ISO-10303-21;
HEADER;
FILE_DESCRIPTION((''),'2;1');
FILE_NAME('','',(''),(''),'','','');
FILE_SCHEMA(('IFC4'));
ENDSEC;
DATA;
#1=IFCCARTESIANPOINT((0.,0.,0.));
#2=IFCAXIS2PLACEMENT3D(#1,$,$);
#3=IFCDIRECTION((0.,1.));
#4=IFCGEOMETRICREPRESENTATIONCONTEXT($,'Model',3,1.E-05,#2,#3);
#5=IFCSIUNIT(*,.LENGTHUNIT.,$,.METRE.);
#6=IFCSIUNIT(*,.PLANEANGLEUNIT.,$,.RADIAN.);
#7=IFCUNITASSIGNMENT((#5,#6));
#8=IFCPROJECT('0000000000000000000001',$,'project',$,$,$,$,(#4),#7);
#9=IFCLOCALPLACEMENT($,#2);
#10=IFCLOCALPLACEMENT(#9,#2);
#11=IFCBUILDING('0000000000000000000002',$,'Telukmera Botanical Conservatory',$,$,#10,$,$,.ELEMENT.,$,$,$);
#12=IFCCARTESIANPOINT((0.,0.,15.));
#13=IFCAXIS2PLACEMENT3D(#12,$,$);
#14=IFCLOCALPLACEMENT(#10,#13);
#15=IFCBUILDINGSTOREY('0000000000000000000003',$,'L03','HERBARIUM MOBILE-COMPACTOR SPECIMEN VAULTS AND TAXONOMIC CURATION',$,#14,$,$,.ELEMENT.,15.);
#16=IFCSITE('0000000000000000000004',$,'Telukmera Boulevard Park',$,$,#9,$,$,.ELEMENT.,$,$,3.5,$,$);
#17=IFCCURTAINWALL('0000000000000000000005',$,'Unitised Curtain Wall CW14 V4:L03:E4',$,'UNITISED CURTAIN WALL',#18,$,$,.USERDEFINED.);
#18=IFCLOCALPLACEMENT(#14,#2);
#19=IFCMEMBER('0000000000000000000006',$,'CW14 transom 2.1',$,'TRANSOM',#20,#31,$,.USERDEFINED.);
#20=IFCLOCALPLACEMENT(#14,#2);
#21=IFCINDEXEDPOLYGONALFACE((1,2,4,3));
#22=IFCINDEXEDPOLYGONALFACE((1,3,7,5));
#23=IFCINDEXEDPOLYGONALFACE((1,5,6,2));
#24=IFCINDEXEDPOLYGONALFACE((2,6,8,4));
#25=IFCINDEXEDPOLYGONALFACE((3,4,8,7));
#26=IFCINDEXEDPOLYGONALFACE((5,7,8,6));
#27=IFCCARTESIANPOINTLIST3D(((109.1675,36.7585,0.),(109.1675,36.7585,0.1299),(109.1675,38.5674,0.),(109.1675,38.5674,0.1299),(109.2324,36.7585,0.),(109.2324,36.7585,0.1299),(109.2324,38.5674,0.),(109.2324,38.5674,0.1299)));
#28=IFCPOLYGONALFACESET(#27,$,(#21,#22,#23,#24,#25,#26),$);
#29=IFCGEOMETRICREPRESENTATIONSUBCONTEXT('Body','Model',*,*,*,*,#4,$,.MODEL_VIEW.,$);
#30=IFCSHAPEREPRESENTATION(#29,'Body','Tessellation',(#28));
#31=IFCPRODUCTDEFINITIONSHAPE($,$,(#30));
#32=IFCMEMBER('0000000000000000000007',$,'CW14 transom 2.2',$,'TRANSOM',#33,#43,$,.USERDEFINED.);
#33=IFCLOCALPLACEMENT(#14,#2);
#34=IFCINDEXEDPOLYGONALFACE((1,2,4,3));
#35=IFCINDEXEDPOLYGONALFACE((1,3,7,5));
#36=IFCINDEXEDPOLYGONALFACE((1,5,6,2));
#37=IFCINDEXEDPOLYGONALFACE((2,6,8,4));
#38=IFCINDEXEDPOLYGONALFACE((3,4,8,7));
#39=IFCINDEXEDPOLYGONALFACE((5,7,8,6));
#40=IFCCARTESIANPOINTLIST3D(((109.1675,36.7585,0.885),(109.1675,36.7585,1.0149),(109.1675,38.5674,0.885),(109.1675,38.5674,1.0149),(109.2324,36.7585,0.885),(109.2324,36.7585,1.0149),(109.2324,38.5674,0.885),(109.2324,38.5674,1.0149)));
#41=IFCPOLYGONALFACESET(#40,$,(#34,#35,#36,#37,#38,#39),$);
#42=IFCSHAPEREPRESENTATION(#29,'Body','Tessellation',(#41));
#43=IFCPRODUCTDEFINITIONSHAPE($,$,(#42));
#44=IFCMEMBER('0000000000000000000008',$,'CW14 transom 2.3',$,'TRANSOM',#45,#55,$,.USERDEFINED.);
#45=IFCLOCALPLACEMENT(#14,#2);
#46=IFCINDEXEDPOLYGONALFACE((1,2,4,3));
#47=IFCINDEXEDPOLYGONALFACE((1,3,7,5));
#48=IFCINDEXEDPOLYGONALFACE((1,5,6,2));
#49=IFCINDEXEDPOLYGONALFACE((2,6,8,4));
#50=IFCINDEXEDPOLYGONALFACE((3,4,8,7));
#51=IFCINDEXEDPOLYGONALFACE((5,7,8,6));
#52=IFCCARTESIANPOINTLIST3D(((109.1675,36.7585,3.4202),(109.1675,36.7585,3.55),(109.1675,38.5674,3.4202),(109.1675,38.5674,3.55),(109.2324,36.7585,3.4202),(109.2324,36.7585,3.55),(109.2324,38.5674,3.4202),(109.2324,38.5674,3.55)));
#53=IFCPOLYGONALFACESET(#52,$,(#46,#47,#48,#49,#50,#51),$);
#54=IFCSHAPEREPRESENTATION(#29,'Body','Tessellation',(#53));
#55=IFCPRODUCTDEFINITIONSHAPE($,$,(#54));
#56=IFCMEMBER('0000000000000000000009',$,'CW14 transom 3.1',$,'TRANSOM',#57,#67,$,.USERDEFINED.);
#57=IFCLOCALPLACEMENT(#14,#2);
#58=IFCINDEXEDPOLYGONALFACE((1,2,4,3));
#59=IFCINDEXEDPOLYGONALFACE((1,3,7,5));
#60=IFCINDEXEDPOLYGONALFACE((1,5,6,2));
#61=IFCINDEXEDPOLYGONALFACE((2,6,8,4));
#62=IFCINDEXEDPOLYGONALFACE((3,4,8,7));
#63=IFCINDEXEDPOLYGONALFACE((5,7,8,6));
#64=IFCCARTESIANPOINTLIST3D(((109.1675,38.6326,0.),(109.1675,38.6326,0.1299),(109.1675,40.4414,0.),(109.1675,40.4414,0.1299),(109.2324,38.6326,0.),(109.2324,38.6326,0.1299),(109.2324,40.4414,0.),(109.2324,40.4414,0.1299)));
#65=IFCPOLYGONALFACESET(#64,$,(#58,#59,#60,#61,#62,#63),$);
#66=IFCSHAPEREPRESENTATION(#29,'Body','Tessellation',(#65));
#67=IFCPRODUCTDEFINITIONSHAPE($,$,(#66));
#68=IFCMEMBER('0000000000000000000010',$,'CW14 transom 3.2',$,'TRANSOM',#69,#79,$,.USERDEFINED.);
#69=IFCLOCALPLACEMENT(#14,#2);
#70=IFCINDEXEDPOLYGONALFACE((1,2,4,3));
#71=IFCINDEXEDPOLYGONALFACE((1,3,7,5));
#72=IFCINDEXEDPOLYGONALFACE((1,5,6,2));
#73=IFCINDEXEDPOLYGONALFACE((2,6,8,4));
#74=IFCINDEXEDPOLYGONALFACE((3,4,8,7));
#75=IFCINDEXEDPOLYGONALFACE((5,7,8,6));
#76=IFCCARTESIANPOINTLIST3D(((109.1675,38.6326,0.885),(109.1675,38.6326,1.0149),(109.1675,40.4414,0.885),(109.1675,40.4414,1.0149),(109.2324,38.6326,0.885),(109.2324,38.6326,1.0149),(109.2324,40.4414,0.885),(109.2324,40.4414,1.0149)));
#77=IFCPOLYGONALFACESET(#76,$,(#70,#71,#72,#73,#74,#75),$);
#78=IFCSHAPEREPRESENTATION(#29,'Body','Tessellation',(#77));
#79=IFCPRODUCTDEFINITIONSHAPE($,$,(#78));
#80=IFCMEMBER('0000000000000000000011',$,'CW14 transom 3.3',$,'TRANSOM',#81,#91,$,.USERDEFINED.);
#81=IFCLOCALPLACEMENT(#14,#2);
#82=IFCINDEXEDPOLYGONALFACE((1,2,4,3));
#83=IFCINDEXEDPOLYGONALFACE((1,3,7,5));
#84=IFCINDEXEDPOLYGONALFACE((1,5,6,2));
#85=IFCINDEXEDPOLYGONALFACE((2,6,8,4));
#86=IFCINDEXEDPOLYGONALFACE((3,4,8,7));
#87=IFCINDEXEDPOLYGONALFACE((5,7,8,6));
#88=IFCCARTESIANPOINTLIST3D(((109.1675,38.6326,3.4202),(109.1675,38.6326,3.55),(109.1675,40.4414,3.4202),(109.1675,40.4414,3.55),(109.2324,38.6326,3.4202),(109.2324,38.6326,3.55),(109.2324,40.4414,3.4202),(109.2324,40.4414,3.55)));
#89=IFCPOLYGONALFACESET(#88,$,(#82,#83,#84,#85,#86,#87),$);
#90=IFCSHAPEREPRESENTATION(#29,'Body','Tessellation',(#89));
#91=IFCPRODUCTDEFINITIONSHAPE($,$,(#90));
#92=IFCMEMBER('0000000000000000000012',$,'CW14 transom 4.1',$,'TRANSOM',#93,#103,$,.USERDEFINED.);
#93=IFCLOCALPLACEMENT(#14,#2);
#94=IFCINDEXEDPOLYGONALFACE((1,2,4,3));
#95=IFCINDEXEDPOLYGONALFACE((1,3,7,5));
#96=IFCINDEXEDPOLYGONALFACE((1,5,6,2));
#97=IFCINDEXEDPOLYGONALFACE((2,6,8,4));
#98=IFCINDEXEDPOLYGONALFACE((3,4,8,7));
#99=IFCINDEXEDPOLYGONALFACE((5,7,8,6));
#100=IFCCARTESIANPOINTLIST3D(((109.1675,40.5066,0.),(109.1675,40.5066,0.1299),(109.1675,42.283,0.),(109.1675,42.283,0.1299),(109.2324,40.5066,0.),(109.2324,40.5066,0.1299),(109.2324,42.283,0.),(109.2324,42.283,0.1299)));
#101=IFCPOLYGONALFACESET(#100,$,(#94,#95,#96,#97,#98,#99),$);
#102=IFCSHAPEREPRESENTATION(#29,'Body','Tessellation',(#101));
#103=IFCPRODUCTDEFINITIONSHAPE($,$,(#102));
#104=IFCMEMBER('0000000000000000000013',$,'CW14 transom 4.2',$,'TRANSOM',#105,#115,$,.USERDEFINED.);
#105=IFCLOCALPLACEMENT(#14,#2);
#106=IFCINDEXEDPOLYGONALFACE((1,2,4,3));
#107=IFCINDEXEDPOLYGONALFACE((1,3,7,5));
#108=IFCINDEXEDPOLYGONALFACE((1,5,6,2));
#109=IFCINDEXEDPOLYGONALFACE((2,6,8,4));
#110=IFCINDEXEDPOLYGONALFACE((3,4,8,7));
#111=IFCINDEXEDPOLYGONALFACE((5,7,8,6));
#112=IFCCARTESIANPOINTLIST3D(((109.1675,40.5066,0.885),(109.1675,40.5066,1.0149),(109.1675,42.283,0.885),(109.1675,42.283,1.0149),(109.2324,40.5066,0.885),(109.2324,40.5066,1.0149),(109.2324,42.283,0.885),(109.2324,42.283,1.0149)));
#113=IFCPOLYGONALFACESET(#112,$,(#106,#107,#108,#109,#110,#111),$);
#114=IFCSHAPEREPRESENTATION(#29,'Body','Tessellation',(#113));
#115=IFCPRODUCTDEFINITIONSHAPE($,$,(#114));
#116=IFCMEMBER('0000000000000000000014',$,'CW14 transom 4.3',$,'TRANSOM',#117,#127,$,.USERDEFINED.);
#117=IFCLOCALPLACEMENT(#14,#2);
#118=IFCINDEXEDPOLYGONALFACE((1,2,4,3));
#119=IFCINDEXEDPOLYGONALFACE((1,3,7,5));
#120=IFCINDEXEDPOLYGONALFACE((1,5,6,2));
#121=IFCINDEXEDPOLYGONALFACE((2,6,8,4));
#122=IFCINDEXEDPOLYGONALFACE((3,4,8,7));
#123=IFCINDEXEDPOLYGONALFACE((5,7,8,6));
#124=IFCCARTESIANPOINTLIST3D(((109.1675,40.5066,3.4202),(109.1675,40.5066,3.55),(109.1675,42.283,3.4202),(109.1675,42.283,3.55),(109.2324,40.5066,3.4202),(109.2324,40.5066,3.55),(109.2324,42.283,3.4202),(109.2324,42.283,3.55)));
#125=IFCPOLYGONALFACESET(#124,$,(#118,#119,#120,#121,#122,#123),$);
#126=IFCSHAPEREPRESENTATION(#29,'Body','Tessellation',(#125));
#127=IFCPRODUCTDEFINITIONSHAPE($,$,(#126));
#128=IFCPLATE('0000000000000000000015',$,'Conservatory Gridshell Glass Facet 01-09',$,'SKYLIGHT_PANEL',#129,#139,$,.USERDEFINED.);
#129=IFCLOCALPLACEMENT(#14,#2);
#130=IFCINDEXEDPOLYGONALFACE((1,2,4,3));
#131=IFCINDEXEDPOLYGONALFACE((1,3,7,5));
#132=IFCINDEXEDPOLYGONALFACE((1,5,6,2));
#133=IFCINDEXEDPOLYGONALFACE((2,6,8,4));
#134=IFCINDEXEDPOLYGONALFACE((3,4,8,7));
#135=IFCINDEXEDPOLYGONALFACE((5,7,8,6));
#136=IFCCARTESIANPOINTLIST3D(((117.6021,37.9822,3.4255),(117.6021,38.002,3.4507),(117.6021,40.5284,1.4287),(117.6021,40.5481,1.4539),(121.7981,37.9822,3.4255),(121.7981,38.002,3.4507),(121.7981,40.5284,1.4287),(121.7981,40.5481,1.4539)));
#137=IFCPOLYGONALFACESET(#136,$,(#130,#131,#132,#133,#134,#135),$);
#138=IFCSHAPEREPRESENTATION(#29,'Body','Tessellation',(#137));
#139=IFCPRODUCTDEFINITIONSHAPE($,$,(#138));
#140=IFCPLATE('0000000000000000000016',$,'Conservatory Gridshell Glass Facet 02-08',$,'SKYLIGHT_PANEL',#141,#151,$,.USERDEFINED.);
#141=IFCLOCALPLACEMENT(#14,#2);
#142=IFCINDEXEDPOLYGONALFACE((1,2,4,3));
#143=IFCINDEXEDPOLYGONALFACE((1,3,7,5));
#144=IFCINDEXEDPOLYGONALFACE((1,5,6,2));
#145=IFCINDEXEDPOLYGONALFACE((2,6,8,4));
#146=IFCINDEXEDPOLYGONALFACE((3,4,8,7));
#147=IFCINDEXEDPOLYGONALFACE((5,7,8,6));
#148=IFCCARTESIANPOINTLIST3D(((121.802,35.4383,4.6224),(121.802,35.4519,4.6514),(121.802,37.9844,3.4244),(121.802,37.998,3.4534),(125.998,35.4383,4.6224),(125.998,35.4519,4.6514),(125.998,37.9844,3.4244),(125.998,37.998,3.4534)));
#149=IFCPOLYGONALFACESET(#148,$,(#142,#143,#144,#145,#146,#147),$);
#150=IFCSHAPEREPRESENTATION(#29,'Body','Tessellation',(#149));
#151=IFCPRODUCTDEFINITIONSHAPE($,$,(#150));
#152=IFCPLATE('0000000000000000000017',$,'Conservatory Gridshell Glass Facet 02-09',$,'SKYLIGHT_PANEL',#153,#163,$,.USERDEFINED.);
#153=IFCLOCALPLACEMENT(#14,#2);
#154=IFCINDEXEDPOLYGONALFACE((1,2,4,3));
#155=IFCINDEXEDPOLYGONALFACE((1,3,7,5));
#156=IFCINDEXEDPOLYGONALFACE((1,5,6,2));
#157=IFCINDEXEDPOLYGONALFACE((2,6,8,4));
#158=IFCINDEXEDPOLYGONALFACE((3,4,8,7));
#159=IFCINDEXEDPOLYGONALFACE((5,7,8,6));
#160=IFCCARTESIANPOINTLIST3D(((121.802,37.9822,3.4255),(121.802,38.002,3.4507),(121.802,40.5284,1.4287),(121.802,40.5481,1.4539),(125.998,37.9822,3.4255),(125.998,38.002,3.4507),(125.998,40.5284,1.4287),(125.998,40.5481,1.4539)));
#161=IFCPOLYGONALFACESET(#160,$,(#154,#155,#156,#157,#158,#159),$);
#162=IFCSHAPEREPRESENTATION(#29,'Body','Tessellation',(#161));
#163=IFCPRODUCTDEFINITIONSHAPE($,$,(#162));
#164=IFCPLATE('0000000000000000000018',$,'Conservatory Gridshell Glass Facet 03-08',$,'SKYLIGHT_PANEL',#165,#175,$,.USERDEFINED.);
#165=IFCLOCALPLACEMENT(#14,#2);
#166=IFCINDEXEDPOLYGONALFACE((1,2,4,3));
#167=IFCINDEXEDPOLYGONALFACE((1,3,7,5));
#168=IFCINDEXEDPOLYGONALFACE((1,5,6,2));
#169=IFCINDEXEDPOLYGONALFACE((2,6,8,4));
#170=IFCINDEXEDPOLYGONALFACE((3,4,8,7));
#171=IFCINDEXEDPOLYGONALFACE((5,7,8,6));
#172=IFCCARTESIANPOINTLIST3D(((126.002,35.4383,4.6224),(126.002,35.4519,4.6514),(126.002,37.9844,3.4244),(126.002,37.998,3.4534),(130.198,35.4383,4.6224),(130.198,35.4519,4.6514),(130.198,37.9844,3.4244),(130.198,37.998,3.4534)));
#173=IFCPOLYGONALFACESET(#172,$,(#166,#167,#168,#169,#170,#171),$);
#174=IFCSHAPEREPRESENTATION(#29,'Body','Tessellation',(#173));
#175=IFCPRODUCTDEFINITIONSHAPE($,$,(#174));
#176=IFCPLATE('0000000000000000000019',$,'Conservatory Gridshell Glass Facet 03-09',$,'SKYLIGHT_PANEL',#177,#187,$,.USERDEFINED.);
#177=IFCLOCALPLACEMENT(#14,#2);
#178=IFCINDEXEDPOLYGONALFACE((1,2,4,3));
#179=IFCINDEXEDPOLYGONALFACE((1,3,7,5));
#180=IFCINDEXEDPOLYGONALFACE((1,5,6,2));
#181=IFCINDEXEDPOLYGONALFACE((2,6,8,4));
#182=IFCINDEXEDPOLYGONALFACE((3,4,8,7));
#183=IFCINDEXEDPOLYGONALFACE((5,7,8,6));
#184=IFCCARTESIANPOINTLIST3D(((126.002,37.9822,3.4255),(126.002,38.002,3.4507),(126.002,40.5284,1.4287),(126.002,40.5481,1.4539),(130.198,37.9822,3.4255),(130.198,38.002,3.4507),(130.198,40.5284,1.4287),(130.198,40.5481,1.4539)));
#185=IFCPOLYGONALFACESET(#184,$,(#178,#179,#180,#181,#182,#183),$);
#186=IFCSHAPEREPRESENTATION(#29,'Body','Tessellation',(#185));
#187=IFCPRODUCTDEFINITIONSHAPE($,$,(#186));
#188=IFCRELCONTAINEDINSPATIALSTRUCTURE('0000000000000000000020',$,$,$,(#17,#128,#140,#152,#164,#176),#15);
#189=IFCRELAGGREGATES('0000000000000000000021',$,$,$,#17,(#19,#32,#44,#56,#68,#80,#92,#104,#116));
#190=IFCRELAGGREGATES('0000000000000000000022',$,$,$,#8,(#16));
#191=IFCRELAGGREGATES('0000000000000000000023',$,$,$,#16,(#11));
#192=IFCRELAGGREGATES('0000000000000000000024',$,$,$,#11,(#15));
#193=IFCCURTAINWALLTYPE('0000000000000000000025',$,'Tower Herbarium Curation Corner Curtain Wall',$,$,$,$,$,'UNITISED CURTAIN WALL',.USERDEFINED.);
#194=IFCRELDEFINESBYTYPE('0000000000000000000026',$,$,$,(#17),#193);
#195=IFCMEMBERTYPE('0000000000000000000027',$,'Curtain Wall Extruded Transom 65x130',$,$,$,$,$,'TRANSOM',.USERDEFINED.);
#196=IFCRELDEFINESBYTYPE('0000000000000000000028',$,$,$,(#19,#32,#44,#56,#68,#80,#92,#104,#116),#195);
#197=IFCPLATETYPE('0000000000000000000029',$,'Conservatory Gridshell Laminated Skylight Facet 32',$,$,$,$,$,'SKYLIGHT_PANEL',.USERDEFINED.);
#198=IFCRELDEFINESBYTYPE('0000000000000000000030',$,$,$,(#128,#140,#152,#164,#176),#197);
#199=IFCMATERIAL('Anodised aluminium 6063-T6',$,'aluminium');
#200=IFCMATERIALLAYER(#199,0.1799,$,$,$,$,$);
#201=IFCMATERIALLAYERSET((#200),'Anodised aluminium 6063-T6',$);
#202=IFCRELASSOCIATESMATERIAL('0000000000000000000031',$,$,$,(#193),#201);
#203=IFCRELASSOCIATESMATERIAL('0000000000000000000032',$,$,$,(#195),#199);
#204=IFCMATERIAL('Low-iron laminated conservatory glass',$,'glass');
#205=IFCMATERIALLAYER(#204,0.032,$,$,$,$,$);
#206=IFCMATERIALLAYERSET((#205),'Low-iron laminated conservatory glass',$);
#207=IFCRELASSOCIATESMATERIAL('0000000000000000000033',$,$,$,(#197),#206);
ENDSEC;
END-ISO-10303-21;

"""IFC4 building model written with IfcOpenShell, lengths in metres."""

from ifc_helpers import new_model, si_unit, direction, frame, origin, origin_2d, place, context, subcontext, project, spatial, polyline, rectangle, outline, extrude, material, layer, layer_set, material_profile, profile_set, type_object, element, aggregate, save


model = new_model("IFC4")

# Units and contexts
model_context = context("Model", 3, precision=1e-05, world=origin(), true_north=direction((0.0, 1.0)))
body_context = subcontext(model_context, "Body", "Model", "MODEL_VIEW")
ifc_project = project(units=[si_unit("LENGTHUNIT", "METRE"), si_unit("PLANEANGLEUNIT", "RADIAN")], contexts=[model_context])

# Site, building, storey
site_placement = place(None, origin())
site = spatial("IfcSite", under=ifc_project, at=site_placement, Name="Telukmera Boulevard Park", CompositionType="ELEMENT", RefElevation=3.5)
building_placement = place(site_placement, origin())
building = spatial("IfcBuilding", under=site, at=building_placement, Name="Telukmera Botanical Conservatory", CompositionType="ELEMENT")
storey_placement = place(building_placement, frame((0.0, 0.0, 15.0)))
storey = spatial("IfcBuildingStorey", under=building, at=storey_placement, Name="L03", Description="HERBARIUM MOBILE-COMPACTOR SPECIMEN VAULTS AND TAXONOMIC CURATION", CompositionType="ELEMENT", Elevation=15.0)

# Curtain wall, members
ifc_material_1 = material(Name="Anodised aluminium 6063-T6", Category="aluminium")
ifc_layer_1 = layer(ifc_material_1, 0.1799)
ifc_layer_set_1 = layer_set([ifc_layer_1], Name="Anodised aluminium 6063-T6")
curtain_wall_type = type_object("IfcCurtainWallType", Name="Tower Herbarium Curation Corner Curtain Wall", ElementType="UNITISED CURTAIN WALL", PredefinedType="USERDEFINED", material=ifc_layer_set_1)
curtain_wall_placement = place(storey_placement, origin())
curtain_wall = element("IfcCurtainWall", 1, at=curtain_wall_placement, inside=storey, type_object=curtain_wall_type, Name="Unitised Curtain Wall CW14 V4:L03:E4", ObjectType="UNITISED CURTAIN WALL", PredefinedType="USERDEFINED")
ifc_material_profile = material_profile(ifc_material_1, rectangle(XDim=0.0649, YDim=0.1299, at=origin_2d()), Name="ALU TRAN 65x130")
ifc_profile_set = profile_set([ifc_material_profile], Name="Anodised aluminium 6063-T6")
member_type = type_object("IfcMemberType", Name="Curtain Wall Extruded Transom 65x130", ElementType="TRANSOM", PredefinedType="USERDEFINED", material=ifc_profile_set)
member_1_placement = place(storey_placement, frame((109.2, 36.7585, 0.0649), z_axis=(0.0, 1.0, 0.0), x_axis=(-1.0, 0.0, 0.0)))
member_1 = element("IfcMember", 2, at=member_1_placement, type_object=member_type, Name="CW14 transom 2.1", ObjectType="TRANSOM", PredefinedType="USERDEFINED", context=body_context, shape_type="SweptSolid", body=[
    extrude(rectangle(XDim=0.0649, YDim=0.1299, at=origin_2d()), origin(), (0.0, 0.0, 1.0), 1.8088),
])
member_2_placement = place(storey_placement, frame((109.2, 36.7585, 0.95), z_axis=(0.0, 1.0, 0.0), x_axis=(-1.0, 0.0, 0.0)))
member_2 = element("IfcMember", 3, at=member_2_placement, type_object=member_type, Name="CW14 transom 2.2", ObjectType="TRANSOM", PredefinedType="USERDEFINED", context=body_context, shape_type="SweptSolid", body=[
    extrude(rectangle(XDim=0.0649, YDim=0.1299, at=origin_2d()), origin(), (0.0, 0.0, 1.0), 1.8088),
])
member_3_placement = place(storey_placement, frame((109.2, 36.7585, 3.4851), z_axis=(0.0, 1.0, 0.0), x_axis=(-1.0, 0.0, 0.0)))
member_3 = element("IfcMember", 4, at=member_3_placement, type_object=member_type, Name="CW14 transom 2.3", ObjectType="TRANSOM", PredefinedType="USERDEFINED", context=body_context, shape_type="SweptSolid", body=[
    extrude(rectangle(XDim=0.0649, YDim=0.1299, at=origin_2d()), origin(), (0.0, 0.0, 1.0), 1.8088),
])
member_4_placement = place(storey_placement, frame((109.2, 38.6326, 0.0649), z_axis=(0.0, 1.0, 0.0), x_axis=(-1.0, 0.0, 0.0)))
member_4 = element("IfcMember", 5, at=member_4_placement, type_object=member_type, Name="CW14 transom 3.1", ObjectType="TRANSOM", PredefinedType="USERDEFINED", context=body_context, shape_type="SweptSolid", body=[
    extrude(rectangle(XDim=0.0649, YDim=0.1299, at=origin_2d()), origin(), (0.0, 0.0, 1.0), 1.8088),
])
member_5_placement = place(storey_placement, frame((109.2, 38.6326, 0.95), z_axis=(0.0, 1.0, 0.0), x_axis=(-1.0, 0.0, 0.0)))
member_5 = element("IfcMember", 6, at=member_5_placement, type_object=member_type, Name="CW14 transom 3.2", ObjectType="TRANSOM", PredefinedType="USERDEFINED", context=body_context, shape_type="SweptSolid", body=[
    extrude(rectangle(XDim=0.0649, YDim=0.1299, at=origin_2d()), origin(), (0.0, 0.0, 1.0), 1.8088),
])
member_6_placement = place(storey_placement, frame((109.2, 38.6326, 3.4851), z_axis=(0.0, 1.0, 0.0), x_axis=(-1.0, 0.0, 0.0)))
member_6 = element("IfcMember", 7, at=member_6_placement, type_object=member_type, Name="CW14 transom 3.3", ObjectType="TRANSOM", PredefinedType="USERDEFINED", context=body_context, shape_type="SweptSolid", body=[
    extrude(rectangle(XDim=0.0649, YDim=0.1299, at=origin_2d()), origin(), (0.0, 0.0, 1.0), 1.8088),
])
member_7_placement = place(storey_placement, frame((109.2, 40.5066, 0.0649), z_axis=(0.0, 1.0, 0.0), x_axis=(-1.0, 0.0, 0.0)))
member_7 = element("IfcMember", 8, at=member_7_placement, type_object=member_type, Name="CW14 transom 4.1", ObjectType="TRANSOM", PredefinedType="USERDEFINED", context=body_context, shape_type="SweptSolid", body=[
    extrude(rectangle(XDim=0.0649, YDim=0.1299, at=origin_2d()), origin(), (0.0, 0.0, 1.0), 1.7764),
])
member_8_placement = place(storey_placement, frame((109.2, 40.5066, 0.95), z_axis=(0.0, 1.0, 0.0), x_axis=(-1.0, 0.0, 0.0)))
member_8 = element("IfcMember", 9, at=member_8_placement, type_object=member_type, Name="CW14 transom 4.2", ObjectType="TRANSOM", PredefinedType="USERDEFINED", context=body_context, shape_type="SweptSolid", body=[
    extrude(rectangle(XDim=0.0649, YDim=0.1299, at=origin_2d()), origin(), (0.0, 0.0, 1.0), 1.7764),
])
member_9_placement = place(storey_placement, frame((109.2, 40.5066, 3.4851), z_axis=(0.0, 1.0, 0.0), x_axis=(-1.0, 0.0, 0.0)))
member_9 = element("IfcMember", 10, at=member_9_placement, type_object=member_type, Name="CW14 transom 4.3", ObjectType="TRANSOM", PredefinedType="USERDEFINED", context=body_context, shape_type="SweptSolid", body=[
    extrude(rectangle(XDim=0.0649, YDim=0.1299, at=origin_2d()), origin(), (0.0, 0.0, 1.0), 1.7764),
])

# Plates
ifc_material_2 = material(Name="Low-iron laminated conservatory glass", Category="glass")
ifc_layer_2 = layer(ifc_material_2, 0.032)
ifc_layer_set_2 = layer_set([ifc_layer_2], Name="Low-iron laminated conservatory glass")
plate_type_1 = type_object("IfcPlateType", Name="Conservatory Gridshell Laminated Skylight Facet 32", ElementType="SKYLIGHT_PANEL", PredefinedType="USERDEFINED", material=ifc_layer_set_2)
plate_1_placement = place(storey_placement, frame((117.6021, 38.002, 3.4507), z_axis=(0.0, 0.617112, 0.786876), x_axis=(1.0, 0.0, 0.0)))
element("IfcPlate", 11, at=plate_1_placement, inside=storey, type_object=plate_type_1, Name="Conservatory Gridshell Glass Facet 01-09", ObjectType="SKYLIGHT_PANEL", PredefinedType="USERDEFINED", context=body_context, shape_type="SweptSolid", body=[
    extrude(outline(polyline([(0.0, 0.0), (4.196, 0.0), (4.196, 3.2358), (0.0, 3.2358), (0.0, 0.0)])), origin(), (0.0, 0.0, -1.0), 0.032),
])
plate_2_placement = place(storey_placement, frame((121.802, 35.4519, 4.6514), z_axis=(0.0, 0.425743, 0.904844), x_axis=(1.0, 0.0, 0.0)))
element("IfcPlate", 12, at=plate_2_placement, inside=storey, type_object=plate_type_1, Name="Conservatory Gridshell Glass Facet 02-08", ObjectType="SKYLIGHT_PANEL", PredefinedType="USERDEFINED", context=body_context, shape_type="SweptSolid", body=[
    extrude(outline(polyline([(0.0, 0.0), (4.196, 0.0), (4.196, 2.8139), (0.0, 2.8139), (0.0, 0.0)])), origin(), (0.0, 0.0, -1.0), 0.032),
])
plate_3_placement = place(storey_placement, frame((121.802, 38.002, 3.4507), z_axis=(0.0, 0.617112, 0.786876), x_axis=(1.0, 0.0, 0.0)))
element("IfcPlate", 13, at=plate_3_placement, inside=storey, type_object=plate_type_1, Name="Conservatory Gridshell Glass Facet 02-09", ObjectType="SKYLIGHT_PANEL", PredefinedType="USERDEFINED", context=body_context, shape_type="SweptSolid", body=[
    extrude(outline(polyline([(0.0, 0.0), (4.196, 0.0), (4.196, 3.2358), (0.0, 3.2358), (0.0, 0.0)])), origin(), (0.0, 0.0, -1.0), 0.032),
])
plate_4_placement = place(storey_placement, frame((126.002, 35.4519, 4.6514), z_axis=(0.0, 0.425743, 0.904844), x_axis=(1.0, 0.0, 0.0)))
element("IfcPlate", 14, at=plate_4_placement, inside=storey, type_object=plate_type_1, Name="Conservatory Gridshell Glass Facet 03-08", ObjectType="SKYLIGHT_PANEL", PredefinedType="USERDEFINED", context=body_context, shape_type="SweptSolid", body=[
    extrude(outline(polyline([(0.0, 0.0), (4.196, 0.0), (4.196, 2.8139), (0.0, 2.8139), (0.0, 0.0)])), origin(), (0.0, 0.0, -1.0), 0.032),
])
plate_5_placement = place(storey_placement, frame((126.002, 38.002, 3.4507), z_axis=(0.0, 0.617112, 0.786876), x_axis=(1.0, 0.0, 0.0)))
element("IfcPlate", 15, at=plate_5_placement, inside=storey, type_object=plate_type_1, Name="Conservatory Gridshell Glass Facet 03-09", ObjectType="SKYLIGHT_PANEL", PredefinedType="USERDEFINED", context=body_context, shape_type="SweptSolid", body=[
    extrude(outline(polyline([(0.0, 0.0), (4.196, 0.0), (4.196, 3.2358), (0.0, 3.2358), (0.0, 0.0)])), origin(), (0.0, 0.0, -1.0), 0.032),
])

aggregate(curtain_wall, [member_1, member_2, member_3, member_4, member_5, member_6, member_7, member_8, member_9])

save(model, "model.ifc")
